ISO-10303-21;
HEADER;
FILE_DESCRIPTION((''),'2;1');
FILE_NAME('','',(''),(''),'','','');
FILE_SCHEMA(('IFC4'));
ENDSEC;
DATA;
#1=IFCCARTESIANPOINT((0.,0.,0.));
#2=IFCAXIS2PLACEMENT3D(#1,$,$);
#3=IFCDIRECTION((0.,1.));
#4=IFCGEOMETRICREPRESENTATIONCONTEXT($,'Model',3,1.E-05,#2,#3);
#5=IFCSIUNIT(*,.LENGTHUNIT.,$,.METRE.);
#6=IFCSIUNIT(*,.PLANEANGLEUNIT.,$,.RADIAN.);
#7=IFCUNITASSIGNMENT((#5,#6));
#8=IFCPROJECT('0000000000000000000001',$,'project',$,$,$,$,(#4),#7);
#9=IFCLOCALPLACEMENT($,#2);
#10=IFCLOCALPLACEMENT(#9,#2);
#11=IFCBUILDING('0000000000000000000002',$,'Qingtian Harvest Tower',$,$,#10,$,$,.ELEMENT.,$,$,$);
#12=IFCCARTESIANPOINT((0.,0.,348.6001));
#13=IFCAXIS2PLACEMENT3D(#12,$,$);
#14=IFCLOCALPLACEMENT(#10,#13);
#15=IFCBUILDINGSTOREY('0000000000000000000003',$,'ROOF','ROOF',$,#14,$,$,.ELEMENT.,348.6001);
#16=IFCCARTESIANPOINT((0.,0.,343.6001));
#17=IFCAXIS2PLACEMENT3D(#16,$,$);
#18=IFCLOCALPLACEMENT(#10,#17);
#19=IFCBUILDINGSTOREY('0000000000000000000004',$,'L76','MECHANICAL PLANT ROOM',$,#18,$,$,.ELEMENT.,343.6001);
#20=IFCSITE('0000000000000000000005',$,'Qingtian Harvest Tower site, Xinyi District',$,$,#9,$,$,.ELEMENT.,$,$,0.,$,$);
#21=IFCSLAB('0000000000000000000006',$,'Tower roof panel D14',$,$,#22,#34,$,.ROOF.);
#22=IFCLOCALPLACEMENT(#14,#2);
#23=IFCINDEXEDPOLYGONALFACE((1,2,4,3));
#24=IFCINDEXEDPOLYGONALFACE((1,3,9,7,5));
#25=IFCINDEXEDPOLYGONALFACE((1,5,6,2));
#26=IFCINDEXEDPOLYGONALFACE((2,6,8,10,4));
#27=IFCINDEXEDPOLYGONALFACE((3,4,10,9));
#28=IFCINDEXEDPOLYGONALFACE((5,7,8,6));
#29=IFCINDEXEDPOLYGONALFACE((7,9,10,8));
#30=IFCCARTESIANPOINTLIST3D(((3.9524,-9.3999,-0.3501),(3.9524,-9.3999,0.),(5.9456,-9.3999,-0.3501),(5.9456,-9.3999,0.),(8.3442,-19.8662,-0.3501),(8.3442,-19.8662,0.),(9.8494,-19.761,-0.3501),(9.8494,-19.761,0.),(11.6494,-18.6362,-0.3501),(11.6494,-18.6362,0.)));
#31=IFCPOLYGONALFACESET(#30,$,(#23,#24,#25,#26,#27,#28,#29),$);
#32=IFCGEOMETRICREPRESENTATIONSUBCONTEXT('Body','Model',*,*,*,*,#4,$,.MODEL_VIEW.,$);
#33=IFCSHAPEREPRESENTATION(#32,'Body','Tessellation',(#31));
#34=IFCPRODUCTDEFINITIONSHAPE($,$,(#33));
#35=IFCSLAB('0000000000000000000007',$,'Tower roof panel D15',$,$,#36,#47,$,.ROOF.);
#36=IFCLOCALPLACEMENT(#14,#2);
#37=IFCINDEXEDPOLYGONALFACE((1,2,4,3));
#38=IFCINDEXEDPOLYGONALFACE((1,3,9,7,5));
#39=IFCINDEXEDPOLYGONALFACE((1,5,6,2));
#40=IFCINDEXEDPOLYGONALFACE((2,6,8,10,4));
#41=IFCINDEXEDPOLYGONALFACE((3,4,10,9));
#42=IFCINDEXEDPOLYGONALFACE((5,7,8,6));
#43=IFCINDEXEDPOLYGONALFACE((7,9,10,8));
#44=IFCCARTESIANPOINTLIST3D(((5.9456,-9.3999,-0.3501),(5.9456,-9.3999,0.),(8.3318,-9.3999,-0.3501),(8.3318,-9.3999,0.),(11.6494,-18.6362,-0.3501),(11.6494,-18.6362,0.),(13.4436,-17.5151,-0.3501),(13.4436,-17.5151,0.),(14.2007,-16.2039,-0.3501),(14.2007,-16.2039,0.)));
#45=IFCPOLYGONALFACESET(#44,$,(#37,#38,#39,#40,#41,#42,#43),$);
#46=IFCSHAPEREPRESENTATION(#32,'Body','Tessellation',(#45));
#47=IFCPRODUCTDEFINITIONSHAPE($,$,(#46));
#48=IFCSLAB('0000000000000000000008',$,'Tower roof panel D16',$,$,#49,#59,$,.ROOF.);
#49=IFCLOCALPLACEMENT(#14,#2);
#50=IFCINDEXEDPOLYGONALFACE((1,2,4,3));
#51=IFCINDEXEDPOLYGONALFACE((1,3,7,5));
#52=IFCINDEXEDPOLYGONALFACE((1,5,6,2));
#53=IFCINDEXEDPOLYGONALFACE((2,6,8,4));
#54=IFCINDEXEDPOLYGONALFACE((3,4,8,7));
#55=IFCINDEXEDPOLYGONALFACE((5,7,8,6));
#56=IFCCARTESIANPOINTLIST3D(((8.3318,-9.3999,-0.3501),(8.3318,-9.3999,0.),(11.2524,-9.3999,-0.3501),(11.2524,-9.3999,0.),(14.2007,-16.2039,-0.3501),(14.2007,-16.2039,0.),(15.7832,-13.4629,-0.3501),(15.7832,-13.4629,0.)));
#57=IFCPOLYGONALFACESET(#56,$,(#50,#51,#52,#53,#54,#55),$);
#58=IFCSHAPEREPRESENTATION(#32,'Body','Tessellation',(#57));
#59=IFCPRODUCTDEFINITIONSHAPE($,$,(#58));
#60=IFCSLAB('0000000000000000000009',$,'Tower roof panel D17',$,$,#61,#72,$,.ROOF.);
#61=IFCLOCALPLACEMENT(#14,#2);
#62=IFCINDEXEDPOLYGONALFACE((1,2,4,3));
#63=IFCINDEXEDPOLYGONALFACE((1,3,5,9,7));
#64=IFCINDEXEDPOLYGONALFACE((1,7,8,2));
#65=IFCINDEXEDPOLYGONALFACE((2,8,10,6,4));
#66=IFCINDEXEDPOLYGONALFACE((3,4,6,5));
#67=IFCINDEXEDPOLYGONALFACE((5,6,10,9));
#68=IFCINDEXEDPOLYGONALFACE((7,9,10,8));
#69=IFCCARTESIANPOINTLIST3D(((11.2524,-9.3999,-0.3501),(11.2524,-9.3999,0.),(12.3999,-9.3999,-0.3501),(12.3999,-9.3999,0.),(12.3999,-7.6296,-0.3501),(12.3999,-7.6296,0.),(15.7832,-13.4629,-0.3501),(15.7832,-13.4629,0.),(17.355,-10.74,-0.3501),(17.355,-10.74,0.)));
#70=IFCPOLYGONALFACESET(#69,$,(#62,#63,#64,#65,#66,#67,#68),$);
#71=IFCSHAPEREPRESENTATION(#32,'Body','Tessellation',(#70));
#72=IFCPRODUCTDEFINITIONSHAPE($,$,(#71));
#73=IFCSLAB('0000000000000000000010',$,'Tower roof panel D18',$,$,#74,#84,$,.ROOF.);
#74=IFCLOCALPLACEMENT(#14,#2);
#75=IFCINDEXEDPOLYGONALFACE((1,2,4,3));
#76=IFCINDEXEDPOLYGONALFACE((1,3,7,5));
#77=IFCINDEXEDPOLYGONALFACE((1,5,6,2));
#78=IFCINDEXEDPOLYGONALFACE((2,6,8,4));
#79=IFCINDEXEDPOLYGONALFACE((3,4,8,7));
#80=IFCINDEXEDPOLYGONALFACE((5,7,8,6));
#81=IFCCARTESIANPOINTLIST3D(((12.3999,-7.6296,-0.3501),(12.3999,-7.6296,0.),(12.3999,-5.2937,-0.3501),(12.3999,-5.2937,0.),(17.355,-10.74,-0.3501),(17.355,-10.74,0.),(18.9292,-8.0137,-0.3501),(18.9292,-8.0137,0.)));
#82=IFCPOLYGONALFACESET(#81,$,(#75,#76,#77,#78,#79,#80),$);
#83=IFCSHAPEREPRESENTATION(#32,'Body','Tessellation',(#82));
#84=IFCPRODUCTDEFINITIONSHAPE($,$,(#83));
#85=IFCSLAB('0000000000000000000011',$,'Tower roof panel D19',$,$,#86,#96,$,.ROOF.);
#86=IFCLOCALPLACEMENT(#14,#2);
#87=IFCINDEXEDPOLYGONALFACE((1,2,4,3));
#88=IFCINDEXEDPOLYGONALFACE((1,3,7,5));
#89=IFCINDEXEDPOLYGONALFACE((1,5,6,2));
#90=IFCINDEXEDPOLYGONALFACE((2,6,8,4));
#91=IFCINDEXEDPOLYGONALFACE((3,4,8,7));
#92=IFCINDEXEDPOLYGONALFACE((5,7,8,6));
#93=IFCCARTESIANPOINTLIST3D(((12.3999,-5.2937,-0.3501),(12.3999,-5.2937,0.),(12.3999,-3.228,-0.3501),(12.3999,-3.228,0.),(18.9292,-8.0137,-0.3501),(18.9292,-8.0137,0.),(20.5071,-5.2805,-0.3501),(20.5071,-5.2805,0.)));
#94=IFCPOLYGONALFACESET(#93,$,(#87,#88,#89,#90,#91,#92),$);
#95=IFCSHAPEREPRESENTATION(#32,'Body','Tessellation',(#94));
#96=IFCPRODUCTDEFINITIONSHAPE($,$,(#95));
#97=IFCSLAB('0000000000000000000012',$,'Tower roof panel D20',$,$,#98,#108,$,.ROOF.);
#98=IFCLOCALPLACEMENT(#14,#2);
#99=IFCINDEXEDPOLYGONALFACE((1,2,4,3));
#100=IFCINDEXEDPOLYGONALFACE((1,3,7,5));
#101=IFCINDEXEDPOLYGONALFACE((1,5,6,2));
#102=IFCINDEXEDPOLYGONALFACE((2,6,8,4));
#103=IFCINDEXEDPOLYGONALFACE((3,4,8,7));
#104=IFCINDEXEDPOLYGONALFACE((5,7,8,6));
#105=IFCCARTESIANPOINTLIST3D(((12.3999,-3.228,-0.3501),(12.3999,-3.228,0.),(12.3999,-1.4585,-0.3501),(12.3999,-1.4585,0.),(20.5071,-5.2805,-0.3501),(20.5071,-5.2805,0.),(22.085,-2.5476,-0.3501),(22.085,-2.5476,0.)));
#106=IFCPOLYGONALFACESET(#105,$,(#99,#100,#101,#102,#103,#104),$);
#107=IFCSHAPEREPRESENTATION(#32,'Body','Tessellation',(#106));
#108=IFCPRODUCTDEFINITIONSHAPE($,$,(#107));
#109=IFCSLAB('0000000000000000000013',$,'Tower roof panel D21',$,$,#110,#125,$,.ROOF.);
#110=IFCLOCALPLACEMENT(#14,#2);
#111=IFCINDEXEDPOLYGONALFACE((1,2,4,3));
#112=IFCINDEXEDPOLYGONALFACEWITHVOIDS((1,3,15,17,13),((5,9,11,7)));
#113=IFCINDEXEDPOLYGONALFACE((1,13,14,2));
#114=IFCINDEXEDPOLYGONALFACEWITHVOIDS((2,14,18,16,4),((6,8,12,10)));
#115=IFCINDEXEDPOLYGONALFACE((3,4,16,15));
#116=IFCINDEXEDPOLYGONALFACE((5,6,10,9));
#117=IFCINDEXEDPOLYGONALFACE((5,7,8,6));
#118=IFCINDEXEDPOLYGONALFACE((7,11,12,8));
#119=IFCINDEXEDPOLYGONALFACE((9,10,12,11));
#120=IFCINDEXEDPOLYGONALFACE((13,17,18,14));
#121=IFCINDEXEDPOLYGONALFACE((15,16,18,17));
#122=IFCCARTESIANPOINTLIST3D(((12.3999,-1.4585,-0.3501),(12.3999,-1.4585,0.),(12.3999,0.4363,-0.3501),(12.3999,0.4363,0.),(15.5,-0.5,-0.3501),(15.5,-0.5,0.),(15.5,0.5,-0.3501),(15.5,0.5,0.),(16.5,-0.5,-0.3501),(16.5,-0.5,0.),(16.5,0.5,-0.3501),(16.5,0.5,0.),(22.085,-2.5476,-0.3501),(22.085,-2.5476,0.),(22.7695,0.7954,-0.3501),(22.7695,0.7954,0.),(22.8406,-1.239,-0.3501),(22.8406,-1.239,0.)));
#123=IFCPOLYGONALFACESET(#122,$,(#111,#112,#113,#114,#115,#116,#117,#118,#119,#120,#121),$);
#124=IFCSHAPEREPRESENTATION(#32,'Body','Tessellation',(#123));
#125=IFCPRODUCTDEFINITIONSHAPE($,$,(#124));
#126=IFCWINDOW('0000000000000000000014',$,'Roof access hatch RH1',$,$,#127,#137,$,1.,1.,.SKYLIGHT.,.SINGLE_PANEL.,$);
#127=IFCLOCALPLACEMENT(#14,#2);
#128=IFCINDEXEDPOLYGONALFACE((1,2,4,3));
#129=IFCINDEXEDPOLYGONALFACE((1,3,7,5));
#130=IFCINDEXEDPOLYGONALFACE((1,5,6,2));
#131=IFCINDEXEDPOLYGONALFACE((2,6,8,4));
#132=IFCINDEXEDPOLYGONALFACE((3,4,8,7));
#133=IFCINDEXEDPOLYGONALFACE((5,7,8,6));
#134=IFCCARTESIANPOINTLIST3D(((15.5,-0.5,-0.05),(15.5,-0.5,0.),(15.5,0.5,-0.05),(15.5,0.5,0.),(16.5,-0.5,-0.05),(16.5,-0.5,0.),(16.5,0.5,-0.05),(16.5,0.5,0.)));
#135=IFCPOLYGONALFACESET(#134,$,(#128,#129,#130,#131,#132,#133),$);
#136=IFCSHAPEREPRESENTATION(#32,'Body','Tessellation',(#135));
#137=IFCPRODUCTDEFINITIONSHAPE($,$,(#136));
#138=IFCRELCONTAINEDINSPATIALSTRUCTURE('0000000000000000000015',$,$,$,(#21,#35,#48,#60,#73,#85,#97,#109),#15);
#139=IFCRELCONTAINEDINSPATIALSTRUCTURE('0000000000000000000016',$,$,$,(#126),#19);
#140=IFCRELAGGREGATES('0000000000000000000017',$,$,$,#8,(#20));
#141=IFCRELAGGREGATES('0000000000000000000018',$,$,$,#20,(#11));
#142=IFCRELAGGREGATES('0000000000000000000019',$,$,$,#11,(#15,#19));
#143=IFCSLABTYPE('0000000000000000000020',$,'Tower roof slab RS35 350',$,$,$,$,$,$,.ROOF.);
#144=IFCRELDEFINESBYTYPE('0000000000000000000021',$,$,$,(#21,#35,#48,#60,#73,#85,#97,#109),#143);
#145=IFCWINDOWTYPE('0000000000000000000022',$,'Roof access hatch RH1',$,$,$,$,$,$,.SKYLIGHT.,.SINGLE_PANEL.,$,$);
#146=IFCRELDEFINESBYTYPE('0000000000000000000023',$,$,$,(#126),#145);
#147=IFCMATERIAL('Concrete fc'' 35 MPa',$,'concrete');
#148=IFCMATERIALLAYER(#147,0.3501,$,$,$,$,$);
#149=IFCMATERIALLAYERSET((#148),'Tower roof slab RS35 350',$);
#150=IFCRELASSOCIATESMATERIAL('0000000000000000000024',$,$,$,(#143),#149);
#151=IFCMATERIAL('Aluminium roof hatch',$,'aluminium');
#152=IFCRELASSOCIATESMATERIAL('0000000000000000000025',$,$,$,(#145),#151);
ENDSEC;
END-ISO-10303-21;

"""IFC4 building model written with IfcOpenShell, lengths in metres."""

from ifc_helpers import new_model, si_unit, direction, frame, origin, origin_2d, place, context, subcontext, project, spatial, polyline, rectangle, outline, extrude, material, layer, layer_set, type_object, element, fill, save


model = new_model("IFC4")

# Units and contexts
model_context = context("Model", 3, precision=1e-05, world=origin(), true_north=direction((0.0, 1.0)))
body_context = subcontext(model_context, "Body", "Model", "MODEL_VIEW")
ifc_project = project(units=[si_unit("LENGTHUNIT", "METRE"), si_unit("PLANEANGLEUNIT", "RADIAN")], contexts=[model_context])

# Site, building, storey
site_placement = place(None, origin())
site = spatial("IfcSite", under=ifc_project, at=site_placement, Name="Qingtian Harvest Tower site, Xinyi District", CompositionType="ELEMENT", RefElevation=0.0)
building_placement = place(site_placement, origin())
building = spatial("IfcBuilding", under=site, at=building_placement, Name="Qingtian Harvest Tower", CompositionType="ELEMENT")
storey_1_placement = place(building_placement, frame((0.0, 0.0, 348.6001)))
storey_1 = spatial("IfcBuildingStorey", under=building, at=storey_1_placement, Name="ROOF", Description="ROOF", CompositionType="ELEMENT", Elevation=348.6001)

# Slabs
ifc_material_1 = material(Name="Concrete fc' 35 MPa", Category="concrete")
ifc_layer = layer(ifc_material_1, 0.3501)
ifc_layer_set = layer_set([ifc_layer], Name="Tower roof slab RS35 350")
slab_type = type_object("IfcSlabType", Name="Tower roof slab RS35 350", PredefinedType="ROOF", material=ifc_layer_set)
slab_1_placement = place(storey_1_placement, frame((0.0, 0.0, -0.3501)))
element("IfcSlab", 1, at=slab_1_placement, inside=storey_1, type_object=slab_type, Name="Tower roof panel D14", PredefinedType="ROOF", context=body_context, shape_type="SweptSolid", body=[
    extrude(outline(polyline([(9.8494, -19.761), (8.3442, -19.8662), (3.9524, -9.3999), (5.9456, -9.3999), (11.6494, -18.6362), (9.8494, -19.761)])), origin(), (0.0, 0.0, 1.0), 0.3501),
])
slab_2_placement = place(storey_1_placement, frame((0.0, 0.0, -0.3501)))
element("IfcSlab", 2, at=slab_2_placement, inside=storey_1, type_object=slab_type, Name="Tower roof panel D15", PredefinedType="ROOF", context=body_context, shape_type="SweptSolid", body=[
    extrude(outline(polyline([(13.4436, -17.5151), (11.6494, -18.6362), (5.9456, -9.3999), (8.3318, -9.3999), (14.2007, -16.2039), (13.4436, -17.5151)])), origin(), (0.0, 0.0, 1.0), 0.3501),
])
slab_3_placement = place(storey_1_placement, frame((0.0, 0.0, -0.3501)))
element("IfcSlab", 3, at=slab_3_placement, inside=storey_1, type_object=slab_type, Name="Tower roof panel D16", PredefinedType="ROOF", context=body_context, shape_type="SweptSolid", body=[
    extrude(outline(polyline([(14.2007, -16.2039), (8.3318, -9.3999), (11.2524, -9.3999), (15.7832, -13.4629), (14.2007, -16.2039)])), origin(), (0.0, 0.0, 1.0), 0.3501),
])
slab_4_placement = place(storey_1_placement, frame((0.0, 0.0, -0.3501)))
element("IfcSlab", 4, at=slab_4_placement, inside=storey_1, type_object=slab_type, Name="Tower roof panel D17", PredefinedType="ROOF", context=body_context, shape_type="SweptSolid", body=[
    extrude(outline(polyline([(15.7832, -13.4629), (11.2524, -9.3999), (12.3999, -9.3999), (12.3999, -7.6296), (17.355, -10.74), (15.7832, -13.4629)])), origin(), (0.0, 0.0, 1.0), 0.3501),
])
slab_5_placement = place(storey_1_placement, frame((0.0, 0.0, -0.3501)))
element("IfcSlab", 5, at=slab_5_placement, inside=storey_1, type_object=slab_type, Name="Tower roof panel D18", PredefinedType="ROOF", context=body_context, shape_type="SweptSolid", body=[
    extrude(outline(polyline([(17.355, -10.74), (12.3999, -7.6296), (12.3999, -5.2937), (18.9292, -8.0137), (17.355, -10.74)])), origin(), (0.0, 0.0, 1.0), 0.3501),
])
slab_6_placement = place(storey_1_placement, frame((0.0, 0.0, -0.3501)))
element("IfcSlab", 6, at=slab_6_placement, inside=storey_1, type_object=slab_type, Name="Tower roof panel D19", PredefinedType="ROOF", context=body_context, shape_type="SweptSolid", body=[
    extrude(outline(polyline([(18.9292, -8.0137), (12.3999, -5.2937), (12.3999, -3.228), (20.5071, -5.2805), (18.9292, -8.0137)])), origin(), (0.0, 0.0, 1.0), 0.3501),
])
slab_7_placement = place(storey_1_placement, frame((0.0, 0.0, -0.3501)))
element("IfcSlab", 7, at=slab_7_placement, inside=storey_1, type_object=slab_type, Name="Tower roof panel D20", PredefinedType="ROOF", context=body_context, shape_type="SweptSolid", body=[
    extrude(outline(polyline([(20.5071, -5.2805), (12.3999, -3.228), (12.3999, -1.4585), (22.085, -2.5476), (20.5071, -5.2805)])), origin(), (0.0, 0.0, 1.0), 0.3501),
])

# Slab, opening
slab_8_placement = place(storey_1_placement, frame((0.0, 0.0, -0.3501)))
slab_8 = element("IfcSlab", 8, at=slab_8_placement, inside=storey_1, type_object=slab_type, Name="Tower roof panel D21", PredefinedType="ROOF", context=body_context, shape_type="SweptSolid", body=[
    extrude(outline(polyline([(22.8406, -1.239), (22.085, -2.5476), (12.3999, -1.4585), (12.3999, 0.4363), (22.7695, 0.7954), (22.8406, -1.239)])), origin(), (0.0, 0.0, 1.0), 0.3501),
])
opening_placement = place(slab_8_placement, frame((16.0, 0.0, 0.0)))
opening = element("IfcOpeningElement", 9, at=opening_placement, cuts=slab_8, PredefinedType="OPENING", context=body_context, shape_type="SweptSolid", body=[
    extrude(rectangle(XDim=1.0, YDim=1.0, at=origin_2d()), origin(), (0.0, 0.0, 1.0), 0.3501),
])

# Shared definitions
storey_2_placement = place(building_placement, frame((0.0, 0.0, 343.6001)))
storey_2 = spatial("IfcBuildingStorey", under=building, at=storey_2_placement, Name="L76", Description="MECHANICAL PLANT ROOM", CompositionType="ELEMENT", Elevation=343.6001)

# Window
ifc_material_2 = material(Name="Aluminium roof hatch", Category="aluminium")
window_type = type_object("IfcWindowType", Name="Roof access hatch RH1", PartitioningType="SINGLE_PANEL", PredefinedType="SKYLIGHT", material=ifc_material_2)
window_placement = place(opening_placement, frame((0.0, 0.0, 0.3)))
window = element("IfcWindow", 10, at=window_placement, inside=storey_2, type_object=window_type, Name="Roof access hatch RH1", OverallHeight=1.0, OverallWidth=1.0, PartitioningType="SINGLE_PANEL", PredefinedType="SKYLIGHT", context=body_context, shape_type="SweptSolid", body=[
    extrude(rectangle(XDim=1.0, YDim=1.0, at=origin_2d()), origin(), (0.0, 0.0, 1.0), 0.05),
])
fill(opening, window)

save(model, "model.ifc")
